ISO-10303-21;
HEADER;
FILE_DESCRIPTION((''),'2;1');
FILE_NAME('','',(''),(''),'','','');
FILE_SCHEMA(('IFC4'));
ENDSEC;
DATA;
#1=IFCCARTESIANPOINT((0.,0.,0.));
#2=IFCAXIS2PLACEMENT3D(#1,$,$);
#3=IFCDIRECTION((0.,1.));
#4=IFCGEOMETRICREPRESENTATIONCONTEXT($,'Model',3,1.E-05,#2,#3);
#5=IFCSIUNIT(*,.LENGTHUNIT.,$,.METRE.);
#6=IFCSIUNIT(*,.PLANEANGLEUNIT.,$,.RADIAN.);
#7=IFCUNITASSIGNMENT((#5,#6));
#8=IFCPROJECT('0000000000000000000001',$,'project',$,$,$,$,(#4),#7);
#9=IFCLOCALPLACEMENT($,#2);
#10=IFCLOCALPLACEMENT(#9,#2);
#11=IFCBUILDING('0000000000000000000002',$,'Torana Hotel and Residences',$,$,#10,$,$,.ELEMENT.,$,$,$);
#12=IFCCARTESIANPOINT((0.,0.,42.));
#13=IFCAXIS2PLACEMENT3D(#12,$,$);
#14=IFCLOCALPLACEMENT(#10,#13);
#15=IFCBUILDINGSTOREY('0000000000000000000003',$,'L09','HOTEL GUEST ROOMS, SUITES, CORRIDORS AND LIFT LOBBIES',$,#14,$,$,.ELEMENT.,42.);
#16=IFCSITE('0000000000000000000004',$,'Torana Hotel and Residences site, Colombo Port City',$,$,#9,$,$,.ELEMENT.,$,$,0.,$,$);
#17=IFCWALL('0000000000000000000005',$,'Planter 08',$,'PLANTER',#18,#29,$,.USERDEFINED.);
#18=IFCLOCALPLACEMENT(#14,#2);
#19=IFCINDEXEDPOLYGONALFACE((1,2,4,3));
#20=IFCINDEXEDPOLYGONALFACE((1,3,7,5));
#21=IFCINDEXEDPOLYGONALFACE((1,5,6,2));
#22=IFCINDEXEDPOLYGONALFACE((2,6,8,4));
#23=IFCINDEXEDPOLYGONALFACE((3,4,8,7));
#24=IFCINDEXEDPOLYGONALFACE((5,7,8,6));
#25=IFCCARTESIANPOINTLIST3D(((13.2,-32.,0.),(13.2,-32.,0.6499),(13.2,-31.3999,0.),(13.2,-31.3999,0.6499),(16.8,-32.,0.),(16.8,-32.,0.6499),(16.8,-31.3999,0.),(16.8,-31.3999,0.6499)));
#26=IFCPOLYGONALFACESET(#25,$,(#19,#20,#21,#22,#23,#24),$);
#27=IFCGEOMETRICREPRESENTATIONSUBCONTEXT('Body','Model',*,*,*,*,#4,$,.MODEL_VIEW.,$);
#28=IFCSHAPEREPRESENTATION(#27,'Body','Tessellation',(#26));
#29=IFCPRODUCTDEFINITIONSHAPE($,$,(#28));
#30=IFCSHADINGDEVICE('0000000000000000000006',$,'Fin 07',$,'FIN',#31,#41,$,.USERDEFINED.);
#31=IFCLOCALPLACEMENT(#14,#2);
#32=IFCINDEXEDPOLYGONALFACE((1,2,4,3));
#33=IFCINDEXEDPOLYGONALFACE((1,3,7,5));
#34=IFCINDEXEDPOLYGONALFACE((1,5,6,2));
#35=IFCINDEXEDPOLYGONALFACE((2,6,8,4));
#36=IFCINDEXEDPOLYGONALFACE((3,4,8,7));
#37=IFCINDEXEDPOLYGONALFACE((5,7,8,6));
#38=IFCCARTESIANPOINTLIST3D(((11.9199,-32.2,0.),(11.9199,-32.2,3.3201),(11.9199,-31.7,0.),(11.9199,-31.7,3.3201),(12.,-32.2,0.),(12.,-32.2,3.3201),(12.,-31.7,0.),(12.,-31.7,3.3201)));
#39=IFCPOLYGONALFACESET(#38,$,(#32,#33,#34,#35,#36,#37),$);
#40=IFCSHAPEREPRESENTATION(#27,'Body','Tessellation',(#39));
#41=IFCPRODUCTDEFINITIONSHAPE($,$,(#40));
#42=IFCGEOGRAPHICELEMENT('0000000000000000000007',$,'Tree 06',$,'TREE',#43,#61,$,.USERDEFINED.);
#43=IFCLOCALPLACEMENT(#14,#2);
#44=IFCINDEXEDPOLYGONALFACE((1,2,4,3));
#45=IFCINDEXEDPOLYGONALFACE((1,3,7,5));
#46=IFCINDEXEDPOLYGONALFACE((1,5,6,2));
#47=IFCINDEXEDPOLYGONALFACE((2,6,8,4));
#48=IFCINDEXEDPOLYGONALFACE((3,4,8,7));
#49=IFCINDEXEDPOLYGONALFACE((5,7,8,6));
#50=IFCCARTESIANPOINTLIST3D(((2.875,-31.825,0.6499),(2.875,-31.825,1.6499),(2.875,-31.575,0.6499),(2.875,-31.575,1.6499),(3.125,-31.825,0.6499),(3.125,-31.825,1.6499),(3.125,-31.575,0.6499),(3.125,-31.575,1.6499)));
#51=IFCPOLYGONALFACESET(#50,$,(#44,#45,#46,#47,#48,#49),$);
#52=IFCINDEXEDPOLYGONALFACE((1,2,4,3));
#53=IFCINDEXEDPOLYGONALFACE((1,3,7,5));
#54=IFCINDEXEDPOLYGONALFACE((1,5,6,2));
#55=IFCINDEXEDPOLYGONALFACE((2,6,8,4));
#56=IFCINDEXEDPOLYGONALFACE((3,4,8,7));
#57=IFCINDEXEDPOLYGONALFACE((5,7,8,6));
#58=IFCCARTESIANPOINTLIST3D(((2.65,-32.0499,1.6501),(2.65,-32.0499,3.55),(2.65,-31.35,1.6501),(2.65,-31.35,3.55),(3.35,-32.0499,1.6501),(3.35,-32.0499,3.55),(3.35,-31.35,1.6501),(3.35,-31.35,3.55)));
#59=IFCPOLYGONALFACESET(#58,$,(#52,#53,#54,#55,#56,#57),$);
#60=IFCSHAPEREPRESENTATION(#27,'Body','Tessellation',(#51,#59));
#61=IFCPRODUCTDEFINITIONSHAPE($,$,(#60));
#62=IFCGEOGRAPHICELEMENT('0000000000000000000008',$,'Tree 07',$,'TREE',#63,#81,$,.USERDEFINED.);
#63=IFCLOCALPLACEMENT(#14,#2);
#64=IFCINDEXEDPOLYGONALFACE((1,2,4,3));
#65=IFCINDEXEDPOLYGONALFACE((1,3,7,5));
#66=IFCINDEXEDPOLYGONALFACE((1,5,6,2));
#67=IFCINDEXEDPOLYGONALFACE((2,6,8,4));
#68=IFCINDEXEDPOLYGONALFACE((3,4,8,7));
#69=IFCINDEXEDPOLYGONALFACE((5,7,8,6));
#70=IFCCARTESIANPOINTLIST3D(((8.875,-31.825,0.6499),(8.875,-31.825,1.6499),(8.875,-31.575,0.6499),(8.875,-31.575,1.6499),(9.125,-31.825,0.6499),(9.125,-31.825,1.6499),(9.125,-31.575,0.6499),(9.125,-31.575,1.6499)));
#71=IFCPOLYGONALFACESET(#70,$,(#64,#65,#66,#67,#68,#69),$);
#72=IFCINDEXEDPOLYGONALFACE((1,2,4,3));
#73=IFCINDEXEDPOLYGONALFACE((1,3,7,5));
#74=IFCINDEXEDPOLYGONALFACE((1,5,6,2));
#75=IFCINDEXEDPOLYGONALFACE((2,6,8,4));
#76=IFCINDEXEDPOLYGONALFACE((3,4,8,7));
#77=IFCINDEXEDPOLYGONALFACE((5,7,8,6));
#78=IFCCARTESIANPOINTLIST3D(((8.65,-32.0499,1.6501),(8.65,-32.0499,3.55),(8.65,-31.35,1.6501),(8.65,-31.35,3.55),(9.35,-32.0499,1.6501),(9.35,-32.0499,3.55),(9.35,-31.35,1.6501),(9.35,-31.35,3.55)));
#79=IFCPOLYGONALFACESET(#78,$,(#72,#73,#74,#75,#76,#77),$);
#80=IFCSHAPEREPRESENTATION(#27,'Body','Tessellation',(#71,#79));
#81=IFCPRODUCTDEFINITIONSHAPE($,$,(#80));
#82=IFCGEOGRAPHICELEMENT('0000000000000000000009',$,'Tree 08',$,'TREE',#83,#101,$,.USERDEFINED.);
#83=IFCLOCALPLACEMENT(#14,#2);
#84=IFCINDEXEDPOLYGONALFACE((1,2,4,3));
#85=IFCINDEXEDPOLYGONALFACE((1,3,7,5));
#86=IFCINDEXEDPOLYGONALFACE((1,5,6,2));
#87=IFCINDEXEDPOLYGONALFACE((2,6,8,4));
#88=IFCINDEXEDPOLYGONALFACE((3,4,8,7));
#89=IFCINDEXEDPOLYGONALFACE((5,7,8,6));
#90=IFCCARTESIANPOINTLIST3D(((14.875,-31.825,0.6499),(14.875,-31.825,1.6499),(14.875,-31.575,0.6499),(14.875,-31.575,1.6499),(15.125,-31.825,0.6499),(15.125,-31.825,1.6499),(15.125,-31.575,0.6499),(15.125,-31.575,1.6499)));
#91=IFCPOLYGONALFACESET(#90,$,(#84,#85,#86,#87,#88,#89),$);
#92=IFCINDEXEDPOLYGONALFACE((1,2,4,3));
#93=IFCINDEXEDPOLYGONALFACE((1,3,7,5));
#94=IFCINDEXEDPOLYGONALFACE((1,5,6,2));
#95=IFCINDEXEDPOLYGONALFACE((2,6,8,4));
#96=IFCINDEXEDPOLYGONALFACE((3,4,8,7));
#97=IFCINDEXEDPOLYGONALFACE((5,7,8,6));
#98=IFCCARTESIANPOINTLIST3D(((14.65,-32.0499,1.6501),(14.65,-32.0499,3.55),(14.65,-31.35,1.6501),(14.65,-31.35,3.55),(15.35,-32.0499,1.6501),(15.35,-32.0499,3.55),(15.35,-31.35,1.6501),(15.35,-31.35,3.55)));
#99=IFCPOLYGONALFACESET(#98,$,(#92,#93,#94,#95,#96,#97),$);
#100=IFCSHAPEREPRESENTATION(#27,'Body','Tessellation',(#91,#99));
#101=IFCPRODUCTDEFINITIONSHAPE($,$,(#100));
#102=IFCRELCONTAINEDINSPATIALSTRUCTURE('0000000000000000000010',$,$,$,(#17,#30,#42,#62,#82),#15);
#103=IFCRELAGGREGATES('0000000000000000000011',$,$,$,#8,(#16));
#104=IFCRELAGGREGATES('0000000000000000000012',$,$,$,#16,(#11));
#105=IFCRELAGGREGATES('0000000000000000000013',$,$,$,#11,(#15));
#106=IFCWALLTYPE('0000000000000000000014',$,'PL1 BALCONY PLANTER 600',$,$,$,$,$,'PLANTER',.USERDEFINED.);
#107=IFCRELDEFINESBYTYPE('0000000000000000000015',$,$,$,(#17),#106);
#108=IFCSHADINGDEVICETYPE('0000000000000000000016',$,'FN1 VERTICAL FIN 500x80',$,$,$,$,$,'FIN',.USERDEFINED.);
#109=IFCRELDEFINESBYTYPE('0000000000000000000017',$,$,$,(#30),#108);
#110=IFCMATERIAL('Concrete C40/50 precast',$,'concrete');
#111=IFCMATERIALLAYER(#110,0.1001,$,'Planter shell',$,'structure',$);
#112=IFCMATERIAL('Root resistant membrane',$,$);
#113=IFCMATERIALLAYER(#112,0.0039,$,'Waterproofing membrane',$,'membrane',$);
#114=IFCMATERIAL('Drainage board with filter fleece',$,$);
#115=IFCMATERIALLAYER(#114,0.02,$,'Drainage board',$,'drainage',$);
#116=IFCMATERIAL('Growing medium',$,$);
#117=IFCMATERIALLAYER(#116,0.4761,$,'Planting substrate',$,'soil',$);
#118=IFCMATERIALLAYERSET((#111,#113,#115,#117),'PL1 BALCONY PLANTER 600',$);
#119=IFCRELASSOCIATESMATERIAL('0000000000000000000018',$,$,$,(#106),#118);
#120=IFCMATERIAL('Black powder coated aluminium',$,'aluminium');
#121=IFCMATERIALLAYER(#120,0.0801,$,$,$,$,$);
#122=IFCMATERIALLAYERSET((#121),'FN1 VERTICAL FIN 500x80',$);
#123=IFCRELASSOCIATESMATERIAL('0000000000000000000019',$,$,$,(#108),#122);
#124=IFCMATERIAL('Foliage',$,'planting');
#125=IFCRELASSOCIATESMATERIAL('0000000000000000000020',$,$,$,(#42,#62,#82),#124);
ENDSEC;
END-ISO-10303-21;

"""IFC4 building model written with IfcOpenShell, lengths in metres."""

from ifc_helpers import new_model, si_unit, direction, frame, frame_2d, origin, origin_2d, place, context, subcontext, project, spatial, rectangle, extrude, material, layer, layer_set, type_object, element, save


model = new_model("IFC4")

# Units and contexts
model_context = context("Model", 3, precision=1e-05, world=origin(), true_north=direction((0.0, 1.0)))
body_context = subcontext(model_context, "Body", "Model", "MODEL_VIEW")
ifc_project = project(units=[si_unit("LENGTHUNIT", "METRE"), si_unit("PLANEANGLEUNIT", "RADIAN")], contexts=[model_context])

# Site, building, storey
site_placement = place(None, origin())
site = spatial("IfcSite", under=ifc_project, at=site_placement, Name="Torana Hotel and Residences site, Colombo Port City", CompositionType="ELEMENT", RefElevation=0.0)
building_placement = place(site_placement, origin())
building = spatial("IfcBuilding", under=site, at=building_placement, Name="Torana Hotel and Residences", CompositionType="ELEMENT")
storey_placement = place(building_placement, frame((0.0, 0.0, 42.0)))
storey = spatial("IfcBuildingStorey", under=building, at=storey_placement, Name="L09", Description="HOTEL GUEST ROOMS, SUITES, CORRIDORS AND LIFT LOBBIES", CompositionType="ELEMENT", Elevation=42.0)

# Wall
ifc_material_1 = material(Name="Concrete C40/50 precast", Category="concrete")
ifc_layer_1 = layer(ifc_material_1, 0.1001, Name="Planter shell", Category="structure")
ifc_material_2 = material(Name="Root resistant membrane")
ifc_layer_2 = layer(ifc_material_2, 0.0039, Name="Waterproofing membrane", Category="membrane")
ifc_material_3 = material(Name="Drainage board with filter fleece")
ifc_layer_3 = layer(ifc_material_3, 0.02, Name="Drainage board", Category="drainage")
ifc_material_4 = material(Name="Growing medium")
ifc_layer_4 = layer(ifc_material_4, 0.4761, Name="Planting substrate", Category="soil")
ifc_layer_set_1 = layer_set([ifc_layer_1, ifc_layer_2, ifc_layer_3, ifc_layer_4], Name="PL1 BALCONY PLANTER 600")
wall_type_1 = type_object("IfcWallType", Name="PL1 BALCONY PLANTER 600", ElementType="PLANTER", PredefinedType="USERDEFINED", material=ifc_layer_set_1)
for number, where, z_axis, x_axis, name in (
    (1, (16.8, -31.7, 0.0), (0.0, 0.0, 1.0), (-1.0, 0.0, 0.0), "Planter 08"),
):
    element("IfcWall", number, at=place(storey_placement, frame(where, z_axis=z_axis, x_axis=x_axis)), inside=storey, type_object=wall_type_1, Name=name, ObjectType="PLANTER", PredefinedType="USERDEFINED", context=body_context, shape_type="SweptSolid", body=[
        extrude(rectangle(XDim=3.6001, YDim=0.6001, at=frame_2d((1.8, 0.0))), origin(), (0.0, 0.0, 1.0), 0.6499),
    ])

# Shading device
ifc_material_5 = material(Name="Black powder coated aluminium", Category="aluminium")
ifc_layer_5 = layer(ifc_material_5, 0.0801)
ifc_layer_set_2 = layer_set([ifc_layer_5], Name="FN1 VERTICAL FIN 500x80")
shading_device_type = type_object("IfcShadingDeviceType", Name="FN1 VERTICAL FIN 500x80", ElementType="FIN", PredefinedType="USERDEFINED", material=ifc_layer_set_2)
shading_device_placement = place(storey_placement, frame((11.96, -31.95, 0.0), z_axis=(0.0, 0.0, 1.0), x_axis=(-1.0, 0.0, 0.0)))
element("IfcShadingDevice", 2, at=shading_device_placement, inside=storey, type_object=shading_device_type, Name="Fin 07", ObjectType="FIN", PredefinedType="USERDEFINED", context=body_context, shape_type="SweptSolid", body=[
    extrude(rectangle(XDim=0.0801, YDim=0.5, at=origin_2d()), origin(), (0.0, 0.0, 1.0), 3.3201),
])

# Geographic elements
ifc_material_6 = material(Name="Foliage", Category="planting")
for number, where, z_axis, x_axis, name in (
    (3, (3.0, -31.7, 0.6499), (0.0, 0.0, 1.0), (1.0, 0.0, 0.0), "Tree 06"),
    (4, (9.0, -31.7, 0.6499), (0.0, 0.0, 1.0), (1.0, 0.0, 0.0), "Tree 07"),
    (5, (15.0, -31.7, 0.6499), (0.0, 0.0, 1.0), (1.0, 0.0, 0.0), "Tree 08"),
):
    element("IfcGeographicElement", number, at=place(storey_placement, frame(where, z_axis=z_axis, x_axis=x_axis)), inside=storey, material=ifc_material_6, Name=name, ObjectType="TREE", PredefinedType="USERDEFINED", context=body_context, shape_type="SweptSolid", body=[
        extrude(rectangle(XDim=0.25, YDim=0.25, at=origin_2d()), origin(), (0.0, 0.0, 1.0), 1.0),
        extrude(rectangle(XDim=0.7, YDim=0.7, at=origin_2d()), frame((0.0, 0.0, 1.0002)), (0.0, 0.0, 1.0), 1.8999),
    ])

save(model, "model.ifc")
